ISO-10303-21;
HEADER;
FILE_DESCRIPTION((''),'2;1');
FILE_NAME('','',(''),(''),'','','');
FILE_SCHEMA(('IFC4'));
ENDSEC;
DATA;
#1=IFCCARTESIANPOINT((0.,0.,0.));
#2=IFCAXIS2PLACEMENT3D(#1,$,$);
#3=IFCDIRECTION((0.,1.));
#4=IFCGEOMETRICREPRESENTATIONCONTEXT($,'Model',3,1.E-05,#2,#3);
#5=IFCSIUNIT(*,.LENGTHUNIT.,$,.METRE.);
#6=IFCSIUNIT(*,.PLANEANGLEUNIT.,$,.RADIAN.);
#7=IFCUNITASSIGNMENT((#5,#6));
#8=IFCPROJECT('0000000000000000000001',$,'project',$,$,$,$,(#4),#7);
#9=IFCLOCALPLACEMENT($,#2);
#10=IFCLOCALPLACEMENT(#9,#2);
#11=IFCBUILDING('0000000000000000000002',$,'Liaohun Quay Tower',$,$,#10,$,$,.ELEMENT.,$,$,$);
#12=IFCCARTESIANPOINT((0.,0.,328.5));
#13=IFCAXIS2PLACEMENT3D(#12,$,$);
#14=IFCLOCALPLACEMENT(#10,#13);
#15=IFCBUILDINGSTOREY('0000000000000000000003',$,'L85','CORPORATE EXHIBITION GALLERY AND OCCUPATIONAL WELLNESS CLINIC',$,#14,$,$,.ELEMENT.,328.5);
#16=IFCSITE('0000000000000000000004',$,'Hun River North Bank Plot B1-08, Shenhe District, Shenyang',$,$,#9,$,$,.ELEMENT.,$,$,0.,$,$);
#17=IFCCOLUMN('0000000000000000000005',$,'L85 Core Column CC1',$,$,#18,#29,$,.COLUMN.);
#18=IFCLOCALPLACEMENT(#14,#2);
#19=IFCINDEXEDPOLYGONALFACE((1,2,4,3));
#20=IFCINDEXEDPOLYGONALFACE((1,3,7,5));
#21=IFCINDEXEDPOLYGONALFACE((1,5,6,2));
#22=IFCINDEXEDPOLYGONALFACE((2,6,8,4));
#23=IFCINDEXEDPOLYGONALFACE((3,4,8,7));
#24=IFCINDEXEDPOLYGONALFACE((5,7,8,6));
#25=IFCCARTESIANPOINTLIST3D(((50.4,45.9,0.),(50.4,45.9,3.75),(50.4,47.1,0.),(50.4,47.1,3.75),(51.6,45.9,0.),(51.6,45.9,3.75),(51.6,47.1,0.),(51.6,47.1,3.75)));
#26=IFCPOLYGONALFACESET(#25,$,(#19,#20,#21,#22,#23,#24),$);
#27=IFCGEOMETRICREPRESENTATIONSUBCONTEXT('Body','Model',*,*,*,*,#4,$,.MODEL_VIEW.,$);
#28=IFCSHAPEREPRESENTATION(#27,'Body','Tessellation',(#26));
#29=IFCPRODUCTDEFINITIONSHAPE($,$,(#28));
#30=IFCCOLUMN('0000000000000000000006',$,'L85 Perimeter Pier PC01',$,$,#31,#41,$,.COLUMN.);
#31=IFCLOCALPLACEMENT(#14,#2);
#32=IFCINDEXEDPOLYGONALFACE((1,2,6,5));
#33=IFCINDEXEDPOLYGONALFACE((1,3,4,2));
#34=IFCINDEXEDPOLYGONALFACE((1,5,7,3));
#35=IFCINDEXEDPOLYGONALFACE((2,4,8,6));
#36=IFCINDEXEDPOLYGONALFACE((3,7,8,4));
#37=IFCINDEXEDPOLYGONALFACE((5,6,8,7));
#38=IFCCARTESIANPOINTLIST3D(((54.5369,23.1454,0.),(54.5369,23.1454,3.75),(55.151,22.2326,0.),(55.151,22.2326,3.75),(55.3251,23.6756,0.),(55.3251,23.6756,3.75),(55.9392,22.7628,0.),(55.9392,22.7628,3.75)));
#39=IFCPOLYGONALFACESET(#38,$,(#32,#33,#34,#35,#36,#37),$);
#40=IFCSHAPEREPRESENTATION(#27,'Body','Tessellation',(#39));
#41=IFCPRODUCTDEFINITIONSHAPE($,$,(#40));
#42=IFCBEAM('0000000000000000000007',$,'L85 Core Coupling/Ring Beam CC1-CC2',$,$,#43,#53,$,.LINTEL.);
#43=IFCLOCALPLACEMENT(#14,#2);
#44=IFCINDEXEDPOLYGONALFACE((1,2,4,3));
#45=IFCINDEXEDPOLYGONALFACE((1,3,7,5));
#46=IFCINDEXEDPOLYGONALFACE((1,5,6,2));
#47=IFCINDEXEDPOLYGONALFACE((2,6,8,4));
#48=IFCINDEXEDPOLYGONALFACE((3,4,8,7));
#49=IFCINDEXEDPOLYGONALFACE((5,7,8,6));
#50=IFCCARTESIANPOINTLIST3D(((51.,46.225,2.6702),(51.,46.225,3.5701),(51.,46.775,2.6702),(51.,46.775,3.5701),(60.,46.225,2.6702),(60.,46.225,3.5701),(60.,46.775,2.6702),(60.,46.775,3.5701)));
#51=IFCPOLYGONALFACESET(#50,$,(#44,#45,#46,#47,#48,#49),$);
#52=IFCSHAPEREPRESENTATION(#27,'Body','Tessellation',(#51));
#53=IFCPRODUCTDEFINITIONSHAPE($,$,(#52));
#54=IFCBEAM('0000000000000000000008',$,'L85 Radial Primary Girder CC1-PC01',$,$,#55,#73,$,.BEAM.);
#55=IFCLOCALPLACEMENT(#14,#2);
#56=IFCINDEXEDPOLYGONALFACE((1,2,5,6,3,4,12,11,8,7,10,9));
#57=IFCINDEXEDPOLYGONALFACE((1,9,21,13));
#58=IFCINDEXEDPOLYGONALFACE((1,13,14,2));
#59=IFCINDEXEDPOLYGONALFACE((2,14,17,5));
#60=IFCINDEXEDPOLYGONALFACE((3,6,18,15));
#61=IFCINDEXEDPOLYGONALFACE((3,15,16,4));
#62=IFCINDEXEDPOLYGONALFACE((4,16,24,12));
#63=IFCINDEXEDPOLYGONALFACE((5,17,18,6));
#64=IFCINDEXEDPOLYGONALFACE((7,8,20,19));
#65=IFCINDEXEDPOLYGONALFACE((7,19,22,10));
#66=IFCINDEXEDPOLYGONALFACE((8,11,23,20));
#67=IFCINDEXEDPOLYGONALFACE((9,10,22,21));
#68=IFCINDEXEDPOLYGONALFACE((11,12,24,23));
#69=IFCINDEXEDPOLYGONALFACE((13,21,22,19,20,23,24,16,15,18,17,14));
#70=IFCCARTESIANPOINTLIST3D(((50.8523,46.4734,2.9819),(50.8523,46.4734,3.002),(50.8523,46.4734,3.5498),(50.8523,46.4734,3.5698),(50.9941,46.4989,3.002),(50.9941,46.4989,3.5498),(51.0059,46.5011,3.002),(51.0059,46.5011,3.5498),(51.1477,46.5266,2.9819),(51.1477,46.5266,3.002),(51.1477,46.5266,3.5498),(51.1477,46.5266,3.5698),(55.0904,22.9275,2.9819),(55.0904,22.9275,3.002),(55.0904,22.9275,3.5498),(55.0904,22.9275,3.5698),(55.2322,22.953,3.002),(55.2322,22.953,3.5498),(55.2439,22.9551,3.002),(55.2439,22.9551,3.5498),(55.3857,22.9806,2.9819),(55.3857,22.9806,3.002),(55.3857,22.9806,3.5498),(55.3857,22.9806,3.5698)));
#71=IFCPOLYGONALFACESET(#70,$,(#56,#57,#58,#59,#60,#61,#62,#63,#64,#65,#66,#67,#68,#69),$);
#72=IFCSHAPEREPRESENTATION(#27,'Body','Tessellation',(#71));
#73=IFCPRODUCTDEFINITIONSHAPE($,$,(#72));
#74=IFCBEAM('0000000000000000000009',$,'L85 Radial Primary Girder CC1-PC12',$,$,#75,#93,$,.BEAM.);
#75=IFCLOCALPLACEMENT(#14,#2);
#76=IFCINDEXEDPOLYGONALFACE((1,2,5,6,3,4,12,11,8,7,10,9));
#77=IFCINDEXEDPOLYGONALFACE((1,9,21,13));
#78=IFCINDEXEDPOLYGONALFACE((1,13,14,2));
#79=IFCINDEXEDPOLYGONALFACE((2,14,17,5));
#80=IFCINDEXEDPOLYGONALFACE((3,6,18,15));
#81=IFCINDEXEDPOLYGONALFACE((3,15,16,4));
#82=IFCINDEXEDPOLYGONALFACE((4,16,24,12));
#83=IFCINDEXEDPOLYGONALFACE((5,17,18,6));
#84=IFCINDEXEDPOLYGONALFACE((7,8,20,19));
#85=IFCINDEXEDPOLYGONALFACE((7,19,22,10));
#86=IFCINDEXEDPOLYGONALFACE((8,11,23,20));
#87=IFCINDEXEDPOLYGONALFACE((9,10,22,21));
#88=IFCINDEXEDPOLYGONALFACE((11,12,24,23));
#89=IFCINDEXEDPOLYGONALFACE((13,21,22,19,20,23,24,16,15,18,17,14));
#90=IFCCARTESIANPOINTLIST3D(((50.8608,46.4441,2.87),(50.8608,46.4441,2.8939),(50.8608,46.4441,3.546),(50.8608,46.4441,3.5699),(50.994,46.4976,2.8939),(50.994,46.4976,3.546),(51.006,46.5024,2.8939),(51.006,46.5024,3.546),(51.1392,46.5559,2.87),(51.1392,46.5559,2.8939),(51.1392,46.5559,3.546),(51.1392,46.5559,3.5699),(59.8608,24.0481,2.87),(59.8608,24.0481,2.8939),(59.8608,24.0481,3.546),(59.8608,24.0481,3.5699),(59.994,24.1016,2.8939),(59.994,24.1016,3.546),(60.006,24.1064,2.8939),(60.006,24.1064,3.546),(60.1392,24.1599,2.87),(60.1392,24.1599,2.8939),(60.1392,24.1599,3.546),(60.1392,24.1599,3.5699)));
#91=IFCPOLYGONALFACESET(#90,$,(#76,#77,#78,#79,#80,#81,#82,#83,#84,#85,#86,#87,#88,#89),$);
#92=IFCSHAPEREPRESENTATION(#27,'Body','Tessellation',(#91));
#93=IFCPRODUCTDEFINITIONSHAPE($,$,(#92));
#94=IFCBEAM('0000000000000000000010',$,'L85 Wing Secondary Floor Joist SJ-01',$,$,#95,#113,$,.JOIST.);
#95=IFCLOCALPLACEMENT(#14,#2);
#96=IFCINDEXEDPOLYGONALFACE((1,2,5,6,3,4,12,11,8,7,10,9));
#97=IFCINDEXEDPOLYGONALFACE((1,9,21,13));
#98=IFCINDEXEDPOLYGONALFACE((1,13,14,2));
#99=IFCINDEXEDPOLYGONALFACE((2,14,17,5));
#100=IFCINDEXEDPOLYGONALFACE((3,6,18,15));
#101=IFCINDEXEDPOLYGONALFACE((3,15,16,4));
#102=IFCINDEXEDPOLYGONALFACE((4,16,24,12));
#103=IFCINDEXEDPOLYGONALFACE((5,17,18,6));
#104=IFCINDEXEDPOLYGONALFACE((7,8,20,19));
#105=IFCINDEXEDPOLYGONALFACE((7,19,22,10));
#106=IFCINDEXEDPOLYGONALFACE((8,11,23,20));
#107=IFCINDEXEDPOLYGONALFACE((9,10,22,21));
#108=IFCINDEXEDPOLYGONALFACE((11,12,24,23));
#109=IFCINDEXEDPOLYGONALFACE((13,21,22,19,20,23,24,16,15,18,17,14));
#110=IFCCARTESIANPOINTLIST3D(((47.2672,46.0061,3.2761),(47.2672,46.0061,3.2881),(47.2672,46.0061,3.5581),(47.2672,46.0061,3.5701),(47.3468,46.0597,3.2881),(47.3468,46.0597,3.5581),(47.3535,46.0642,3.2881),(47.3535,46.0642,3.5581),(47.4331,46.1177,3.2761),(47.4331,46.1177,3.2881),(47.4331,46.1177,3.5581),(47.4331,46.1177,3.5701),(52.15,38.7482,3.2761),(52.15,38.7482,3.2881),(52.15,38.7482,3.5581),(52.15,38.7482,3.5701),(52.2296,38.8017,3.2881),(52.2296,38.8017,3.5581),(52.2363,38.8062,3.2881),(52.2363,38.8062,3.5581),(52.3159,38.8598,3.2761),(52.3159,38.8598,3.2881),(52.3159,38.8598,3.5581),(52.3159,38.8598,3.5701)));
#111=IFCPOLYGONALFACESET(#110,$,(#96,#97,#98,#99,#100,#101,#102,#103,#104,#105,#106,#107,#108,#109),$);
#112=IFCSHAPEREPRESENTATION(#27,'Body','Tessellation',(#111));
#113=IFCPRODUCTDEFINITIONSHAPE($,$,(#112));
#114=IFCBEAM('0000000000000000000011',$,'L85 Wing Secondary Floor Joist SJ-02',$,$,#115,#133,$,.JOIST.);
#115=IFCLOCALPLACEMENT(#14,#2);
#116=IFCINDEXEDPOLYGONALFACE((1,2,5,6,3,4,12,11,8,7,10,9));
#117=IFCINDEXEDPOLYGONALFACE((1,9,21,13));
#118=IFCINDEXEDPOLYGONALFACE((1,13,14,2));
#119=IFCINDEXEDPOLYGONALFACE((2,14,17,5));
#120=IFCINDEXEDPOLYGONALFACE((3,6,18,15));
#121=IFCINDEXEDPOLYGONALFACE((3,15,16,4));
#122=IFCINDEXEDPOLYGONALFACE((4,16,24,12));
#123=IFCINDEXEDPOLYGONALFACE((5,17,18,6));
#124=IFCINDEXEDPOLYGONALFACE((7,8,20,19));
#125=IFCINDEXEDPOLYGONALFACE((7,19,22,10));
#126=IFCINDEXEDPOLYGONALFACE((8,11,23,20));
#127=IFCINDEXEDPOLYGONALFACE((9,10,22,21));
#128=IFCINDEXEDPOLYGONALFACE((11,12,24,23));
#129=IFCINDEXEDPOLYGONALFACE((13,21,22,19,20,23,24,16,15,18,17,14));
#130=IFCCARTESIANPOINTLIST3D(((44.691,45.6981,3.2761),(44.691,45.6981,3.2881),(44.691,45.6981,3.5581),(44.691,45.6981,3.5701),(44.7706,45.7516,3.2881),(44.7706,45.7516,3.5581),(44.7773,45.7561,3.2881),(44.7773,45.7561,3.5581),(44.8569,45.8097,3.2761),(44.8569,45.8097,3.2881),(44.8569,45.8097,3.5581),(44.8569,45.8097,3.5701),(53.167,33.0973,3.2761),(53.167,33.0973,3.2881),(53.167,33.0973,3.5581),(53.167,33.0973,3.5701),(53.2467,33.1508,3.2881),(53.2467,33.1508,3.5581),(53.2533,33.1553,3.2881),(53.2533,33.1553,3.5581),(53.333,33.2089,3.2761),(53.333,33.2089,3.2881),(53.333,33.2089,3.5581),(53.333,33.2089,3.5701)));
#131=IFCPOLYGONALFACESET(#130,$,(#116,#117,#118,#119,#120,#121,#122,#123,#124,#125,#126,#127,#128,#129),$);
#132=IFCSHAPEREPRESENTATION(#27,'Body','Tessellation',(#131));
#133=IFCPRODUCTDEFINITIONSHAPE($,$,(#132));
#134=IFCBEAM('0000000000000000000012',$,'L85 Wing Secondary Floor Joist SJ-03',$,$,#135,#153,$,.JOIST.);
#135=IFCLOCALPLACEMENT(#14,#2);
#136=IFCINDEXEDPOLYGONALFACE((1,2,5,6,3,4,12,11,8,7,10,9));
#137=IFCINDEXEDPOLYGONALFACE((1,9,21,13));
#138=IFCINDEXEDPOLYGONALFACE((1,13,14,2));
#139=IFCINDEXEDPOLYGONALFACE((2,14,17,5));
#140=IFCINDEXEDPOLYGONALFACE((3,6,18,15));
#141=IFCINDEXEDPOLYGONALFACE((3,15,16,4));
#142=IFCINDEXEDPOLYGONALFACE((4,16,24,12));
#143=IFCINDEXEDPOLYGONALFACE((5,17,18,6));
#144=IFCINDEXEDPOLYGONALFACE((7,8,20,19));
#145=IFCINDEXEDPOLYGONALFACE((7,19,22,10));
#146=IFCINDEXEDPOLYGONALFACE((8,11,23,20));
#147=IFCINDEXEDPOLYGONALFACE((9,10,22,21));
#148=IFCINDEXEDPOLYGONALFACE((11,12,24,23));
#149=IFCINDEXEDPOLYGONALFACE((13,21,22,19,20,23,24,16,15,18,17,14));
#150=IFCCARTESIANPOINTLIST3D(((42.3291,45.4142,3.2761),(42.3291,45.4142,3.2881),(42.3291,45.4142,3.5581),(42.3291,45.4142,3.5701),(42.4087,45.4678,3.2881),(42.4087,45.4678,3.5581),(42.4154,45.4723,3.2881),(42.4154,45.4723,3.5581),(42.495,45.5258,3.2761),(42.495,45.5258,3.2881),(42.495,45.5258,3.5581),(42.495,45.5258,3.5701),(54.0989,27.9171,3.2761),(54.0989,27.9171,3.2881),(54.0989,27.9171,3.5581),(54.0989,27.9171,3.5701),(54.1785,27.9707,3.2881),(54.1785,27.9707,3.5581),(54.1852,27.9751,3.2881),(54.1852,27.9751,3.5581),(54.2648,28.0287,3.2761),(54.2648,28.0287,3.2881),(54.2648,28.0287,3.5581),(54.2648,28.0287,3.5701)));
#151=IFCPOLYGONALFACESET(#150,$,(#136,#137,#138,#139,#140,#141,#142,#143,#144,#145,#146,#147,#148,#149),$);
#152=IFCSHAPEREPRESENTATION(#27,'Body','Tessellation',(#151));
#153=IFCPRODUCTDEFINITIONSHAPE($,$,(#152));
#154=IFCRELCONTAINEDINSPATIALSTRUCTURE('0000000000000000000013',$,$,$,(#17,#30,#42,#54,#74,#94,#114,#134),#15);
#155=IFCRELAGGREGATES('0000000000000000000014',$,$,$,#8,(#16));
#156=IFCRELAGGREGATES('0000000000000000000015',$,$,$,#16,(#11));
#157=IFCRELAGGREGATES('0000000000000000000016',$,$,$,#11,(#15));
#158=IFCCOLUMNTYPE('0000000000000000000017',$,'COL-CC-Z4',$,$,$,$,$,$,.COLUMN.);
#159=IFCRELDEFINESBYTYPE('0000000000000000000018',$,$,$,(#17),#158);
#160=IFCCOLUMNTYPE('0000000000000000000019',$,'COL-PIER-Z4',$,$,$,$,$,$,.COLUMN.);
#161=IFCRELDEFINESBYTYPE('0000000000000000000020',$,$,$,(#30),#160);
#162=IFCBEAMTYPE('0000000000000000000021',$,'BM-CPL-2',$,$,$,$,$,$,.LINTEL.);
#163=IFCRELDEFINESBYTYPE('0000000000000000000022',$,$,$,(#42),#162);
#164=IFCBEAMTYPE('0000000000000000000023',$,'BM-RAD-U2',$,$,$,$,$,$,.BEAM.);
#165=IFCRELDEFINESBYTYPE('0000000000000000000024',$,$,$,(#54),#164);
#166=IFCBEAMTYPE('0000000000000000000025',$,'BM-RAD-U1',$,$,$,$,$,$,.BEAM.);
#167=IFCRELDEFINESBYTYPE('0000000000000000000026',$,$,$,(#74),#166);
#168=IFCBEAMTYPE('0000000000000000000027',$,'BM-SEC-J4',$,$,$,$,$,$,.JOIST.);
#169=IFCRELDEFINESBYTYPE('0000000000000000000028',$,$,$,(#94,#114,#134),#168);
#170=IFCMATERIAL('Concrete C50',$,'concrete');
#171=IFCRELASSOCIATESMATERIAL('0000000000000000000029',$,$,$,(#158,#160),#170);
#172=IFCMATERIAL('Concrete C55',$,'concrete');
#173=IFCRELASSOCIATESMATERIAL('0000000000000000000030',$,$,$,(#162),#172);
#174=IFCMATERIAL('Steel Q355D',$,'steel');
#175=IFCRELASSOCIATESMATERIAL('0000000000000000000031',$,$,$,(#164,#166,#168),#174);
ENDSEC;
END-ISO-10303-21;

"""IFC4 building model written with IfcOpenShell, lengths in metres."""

from ifc_helpers import new_model, si_unit, direction, frame, origin, origin_2d, place, context, subcontext, project, spatial, rectangle, i_section, extrude, source, transform, mapped, material, material_profile, profile_set, type_object, element, save


model = new_model("IFC4")

# Units and contexts
model_context = context("Model", 3, precision=1e-05, world=origin(), true_north=direction((0.0, 1.0)))
body_context = subcontext(model_context, "Body", "Model", "MODEL_VIEW")
ifc_project = project(units=[si_unit("LENGTHUNIT", "METRE"), si_unit("PLANEANGLEUNIT", "RADIAN")], contexts=[model_context])

# Site, building, storey
site_placement = place(None, origin())
site = spatial("IfcSite", under=ifc_project, at=site_placement, Name="Hun River North Bank Plot B1-08, Shenhe District, Shenyang", CompositionType="ELEMENT", RefElevation=0.0)
building_placement = place(site_placement, origin())
building = spatial("IfcBuilding", under=site, at=building_placement, Name="Liaohun Quay Tower", CompositionType="ELEMENT")
storey_placement = place(building_placement, frame((0.0, 0.0, 328.5)))
storey = spatial("IfcBuildingStorey", under=building, at=storey_placement, Name="L85", Description="CORPORATE EXHIBITION GALLERY AND OCCUPATIONAL WELLNESS CLINIC", CompositionType="ELEMENT", Elevation=328.5)

# Columns
ifc_material_1 = material(Name="Concrete C50", Category="concrete")
ifc_material_profile_1 = material_profile(ifc_material_1, rectangle(XDim=1.2, YDim=1.2, at=origin_2d()), Name="RC1200x1200")
ifc_profile_set_1 = profile_set([ifc_material_profile_1], Name="Concrete C50")
column_type_1 = type_object("IfcColumnType", Name="COL-CC-Z4", PredefinedType="COLUMN", material=ifc_profile_set_1)
shared_shape_1 = source(origin(), body_context, "Body", "SweptSolid", [
    extrude(rectangle(XDim=1.2, YDim=1.2, at=origin_2d()), origin(), (0.0, 0.0, 1.0), 3.75),
])
column_1_placement = place(storey_placement, frame((51.0, 46.5, 0.0), z_axis=(0.0, 0.0, 1.0), x_axis=(1.0, 0.0, 0.0)))
element("IfcColumn", 1, at=column_1_placement, inside=storey, type_object=column_type_1, Name="L85 Core Column CC1", PredefinedType="COLUMN", context=body_context, shape_type="MappedRepresentation", body=[
    mapped(shared_shape_1, transform((0.0, 0.0, 0.0), x_axis=(1.0, 0.0, 0.0), y_axis=(0.0, 1.0, 0.0), z_axis=(0.0, 0.0, 1.0), scale=1.0)),
])
ifc_material_profile_2 = material_profile(ifc_material_1, rectangle(XDim=1.1001, YDim=0.95, at=origin_2d()), Name="RC1100x950")
ifc_profile_set_2 = profile_set([ifc_material_profile_2], Name="Concrete C50")
column_type_2 = type_object("IfcColumnType", Name="COL-PIER-Z4", PredefinedType="COLUMN", material=ifc_profile_set_2)
shared_shape_2 = source(origin(), body_context, "Body", "SweptSolid", [
    extrude(rectangle(XDim=1.1001, YDim=0.95, at=origin_2d()), origin(), (0.0, 0.0, 1.0), 3.75),
])
column_2_placement = place(storey_placement, frame((55.238, 22.9541, 0.0), z_axis=(0.0, 0.0, 1.0), x_axis=(-0.55818, 0.82972, 0.0)))
element("IfcColumn", 2, at=column_2_placement, inside=storey, type_object=column_type_2, Name="L85 Perimeter Pier PC01", PredefinedType="COLUMN", context=body_context, shape_type="MappedRepresentation", body=[
    mapped(shared_shape_2, transform((0.0, 0.0, 0.0), x_axis=(1.0, 0.0, 0.0), y_axis=(0.0, 1.0, 0.0), z_axis=(0.0, 0.0, 1.0), scale=1.0)),
])

# Beams
ifc_material_2 = material(Name="Concrete C55", Category="concrete")
ifc_material_profile_3 = material_profile(ifc_material_2, rectangle(XDim=0.55, YDim=0.8999, at=origin_2d()), Name="RC550x900")
ifc_profile_set_3 = profile_set([ifc_material_profile_3], Name="Concrete C55")
beam_type_1 = type_object("IfcBeamType", Name="BM-CPL-2", PredefinedType="LINTEL", material=ifc_profile_set_3)
shared_shape_3 = source(origin(), body_context, "Body", "SweptSolid", [
    extrude(rectangle(XDim=0.55, YDim=0.8999, at=origin_2d()), origin(), (0.0, 0.0, 1.0), 9.0),
])
beam_1_placement = place(storey_placement, frame((51.0, 46.5, 3.1201), z_axis=(1.0, 0.0, 0.0), x_axis=(0.0, 1.0, 0.0)))
element("IfcBeam", 3, at=beam_1_placement, inside=storey, type_object=beam_type_1, Name="L85 Core Coupling/Ring Beam CC1-CC2", PredefinedType="LINTEL", context=body_context, shape_type="MappedRepresentation", body=[
    mapped(shared_shape_3, transform((0.0, 0.0, 0.0), x_axis=(1.0, 0.0, 0.0), y_axis=(0.0, 1.0, 0.0), z_axis=(0.0, 0.0, 1.0), scale=1.0)),
])
ifc_material_3 = material(Name="Steel Q355D", Category="steel")
ifc_material_profile_4 = material_profile(ifc_material_3, i_section(OverallWidth=0.3, OverallDepth=0.5879, WebThickness=0.012, FlangeThickness=0.02, at=origin_2d()), Name="HM588x300x12x20")
ifc_profile_set_4 = profile_set([ifc_material_profile_4], Name="Steel Q355D")
beam_type_2 = type_object("IfcBeamType", Name="BM-RAD-U2", PredefinedType="BEAM", material=ifc_profile_set_4)
shared_shape_4 = source(origin(), body_context, "Body", "SweptSolid", [
    extrude(i_section(OverallWidth=0.3, OverallDepth=0.5879, WebThickness=0.012, FlangeThickness=0.02, at=origin_2d()), origin(), (0.0, 0.0, 1.0), 23.9243),
])
beam_2_placement = place(storey_placement, frame((51.0, 46.5, 3.2759), z_axis=(0.177144, -0.984185, 0.0), x_axis=(0.984185, 0.177144, 0.0)))
element("IfcBeam", 4, at=beam_2_placement, inside=storey, type_object=beam_type_2, Name="L85 Radial Primary Girder CC1-PC01", PredefinedType="BEAM", context=body_context, shape_type="MappedRepresentation", body=[
    mapped(shared_shape_4, transform((0.0, 0.0, 0.0), x_axis=(1.0, 0.0, 0.0), y_axis=(0.0, 1.0, 0.0), z_axis=(0.0, 0.0, 1.0), scale=1.0)),
])
ifc_material_profile_5 = material_profile(ifc_material_3, i_section(OverallWidth=0.3, OverallDepth=0.7, WebThickness=0.0129, FlangeThickness=0.0239, at=origin_2d()), Name="HN700x300x13x24")
ifc_profile_set_5 = profile_set([ifc_material_profile_5], Name="Steel Q355D")
beam_type_3 = type_object("IfcBeamType", Name="BM-RAD-U1", PredefinedType="BEAM", material=ifc_profile_set_5)
shared_shape_5 = source(origin(), body_context, "Body", "SweptSolid", [
    extrude(i_section(OverallWidth=0.3, OverallDepth=0.7, WebThickness=0.0129, FlangeThickness=0.0239, at=origin_2d()), origin(), (0.0, 0.0, 1.0), 24.1367),
])
beam_3_placement = place(storey_placement, frame((51.0, 46.5, 3.22), z_axis=(0.372876, -0.927881, 0.0), x_axis=(0.927881, 0.372876, 0.0)))
element("IfcBeam", 5, at=beam_3_placement, inside=storey, type_object=beam_type_3, Name="L85 Radial Primary Girder CC1-PC12", PredefinedType="BEAM", context=body_context, shape_type="MappedRepresentation", body=[
    mapped(shared_shape_5, transform((0.0, 0.0, 0.0), x_axis=(1.0, 0.0, 0.0), y_axis=(0.0, 1.0, 0.0), z_axis=(0.0, 0.0, 1.0), scale=1.0)),
])
ifc_material_profile_6 = material_profile(ifc_material_3, i_section(OverallWidth=0.2, OverallDepth=0.2939, WebThickness=0.0081, FlangeThickness=0.012, at=origin_2d()), Name="HM294x200x8x12")
ifc_profile_set_6 = profile_set([ifc_material_profile_6], Name="Steel Q355D")
beam_type_4 = type_object("IfcBeamType", Name="BM-SEC-J4", PredefinedType="JOIST", material=ifc_profile_set_6)
shared_shape_6 = source(origin(), body_context, "Body", "SweptSolid", [
    extrude(i_section(OverallWidth=0.2, OverallDepth=0.2939, WebThickness=0.0081, FlangeThickness=0.012, at=origin_2d()), origin(), (0.0, 0.0, 1.0), 8.7476),
])
beam_4_placement = place(storey_placement, frame((52.2329, 38.804, 3.4231), z_axis=(-0.558186, 0.829716, 0.0), x_axis=(-0.829716, -0.558186, 0.0)))
element("IfcBeam", 6, at=beam_4_placement, inside=storey, type_object=beam_type_4, Name="L85 Wing Secondary Floor Joist SJ-01", PredefinedType="JOIST", context=body_context, shape_type="MappedRepresentation", body=[
    mapped(shared_shape_6, transform((0.0, 0.0, 0.0), x_axis=(1.0, 0.0, 0.0), y_axis=(0.0, 1.0, 0.0), z_axis=(0.0, 0.0, 1.0), scale=1.0)),
])
shared_shape_7 = source(origin(), body_context, "Body", "SweptSolid", [
    extrude(i_section(OverallWidth=0.2, OverallDepth=0.2939, WebThickness=0.0081, FlangeThickness=0.012, at=origin_2d()), origin(), (0.0, 0.0, 1.0), 15.1863),
])
beam_5_placement = place(storey_placement, frame((53.25, 33.1531, 3.4231), z_axis=(-0.558138, 0.829748, 0.0), x_axis=(-0.829748, -0.558138, 0.0)))
element("IfcBeam", 7, at=beam_5_placement, inside=storey, type_object=beam_type_4, Name="L85 Wing Secondary Floor Joist SJ-02", PredefinedType="JOIST", context=body_context, shape_type="MappedRepresentation", body=[
    mapped(shared_shape_7, transform((0.0, 0.0, 0.0), x_axis=(1.0, 0.0, 0.0), y_axis=(0.0, 1.0, 0.0), z_axis=(0.0, 0.0, 1.0), scale=1.0)),
])
shared_shape_8 = source(origin(), body_context, "Body", "SweptSolid", [
    extrude(i_section(OverallWidth=0.2, OverallDepth=0.2939, WebThickness=0.0081, FlangeThickness=0.012, at=origin_2d()), origin(), (0.0, 0.0, 1.0), 21.0874),
])
beam_6_placement = place(storey_placement, frame((54.1819, 27.9729, 3.4231), z_axis=(-0.558145, 0.829744, 0.0), x_axis=(-0.829744, -0.558145, 0.0)))
element("IfcBeam", 8, at=beam_6_placement, inside=storey, type_object=beam_type_4, Name="L85 Wing Secondary Floor Joist SJ-03", PredefinedType="JOIST", context=body_context, shape_type="MappedRepresentation", body=[
    mapped(shared_shape_8, transform((0.0, 0.0, 0.0), x_axis=(1.0, 0.0, 0.0), y_axis=(0.0, 1.0, 0.0), z_axis=(0.0, 0.0, 1.0), scale=1.0)),
])

save(model, "model.ifc")
